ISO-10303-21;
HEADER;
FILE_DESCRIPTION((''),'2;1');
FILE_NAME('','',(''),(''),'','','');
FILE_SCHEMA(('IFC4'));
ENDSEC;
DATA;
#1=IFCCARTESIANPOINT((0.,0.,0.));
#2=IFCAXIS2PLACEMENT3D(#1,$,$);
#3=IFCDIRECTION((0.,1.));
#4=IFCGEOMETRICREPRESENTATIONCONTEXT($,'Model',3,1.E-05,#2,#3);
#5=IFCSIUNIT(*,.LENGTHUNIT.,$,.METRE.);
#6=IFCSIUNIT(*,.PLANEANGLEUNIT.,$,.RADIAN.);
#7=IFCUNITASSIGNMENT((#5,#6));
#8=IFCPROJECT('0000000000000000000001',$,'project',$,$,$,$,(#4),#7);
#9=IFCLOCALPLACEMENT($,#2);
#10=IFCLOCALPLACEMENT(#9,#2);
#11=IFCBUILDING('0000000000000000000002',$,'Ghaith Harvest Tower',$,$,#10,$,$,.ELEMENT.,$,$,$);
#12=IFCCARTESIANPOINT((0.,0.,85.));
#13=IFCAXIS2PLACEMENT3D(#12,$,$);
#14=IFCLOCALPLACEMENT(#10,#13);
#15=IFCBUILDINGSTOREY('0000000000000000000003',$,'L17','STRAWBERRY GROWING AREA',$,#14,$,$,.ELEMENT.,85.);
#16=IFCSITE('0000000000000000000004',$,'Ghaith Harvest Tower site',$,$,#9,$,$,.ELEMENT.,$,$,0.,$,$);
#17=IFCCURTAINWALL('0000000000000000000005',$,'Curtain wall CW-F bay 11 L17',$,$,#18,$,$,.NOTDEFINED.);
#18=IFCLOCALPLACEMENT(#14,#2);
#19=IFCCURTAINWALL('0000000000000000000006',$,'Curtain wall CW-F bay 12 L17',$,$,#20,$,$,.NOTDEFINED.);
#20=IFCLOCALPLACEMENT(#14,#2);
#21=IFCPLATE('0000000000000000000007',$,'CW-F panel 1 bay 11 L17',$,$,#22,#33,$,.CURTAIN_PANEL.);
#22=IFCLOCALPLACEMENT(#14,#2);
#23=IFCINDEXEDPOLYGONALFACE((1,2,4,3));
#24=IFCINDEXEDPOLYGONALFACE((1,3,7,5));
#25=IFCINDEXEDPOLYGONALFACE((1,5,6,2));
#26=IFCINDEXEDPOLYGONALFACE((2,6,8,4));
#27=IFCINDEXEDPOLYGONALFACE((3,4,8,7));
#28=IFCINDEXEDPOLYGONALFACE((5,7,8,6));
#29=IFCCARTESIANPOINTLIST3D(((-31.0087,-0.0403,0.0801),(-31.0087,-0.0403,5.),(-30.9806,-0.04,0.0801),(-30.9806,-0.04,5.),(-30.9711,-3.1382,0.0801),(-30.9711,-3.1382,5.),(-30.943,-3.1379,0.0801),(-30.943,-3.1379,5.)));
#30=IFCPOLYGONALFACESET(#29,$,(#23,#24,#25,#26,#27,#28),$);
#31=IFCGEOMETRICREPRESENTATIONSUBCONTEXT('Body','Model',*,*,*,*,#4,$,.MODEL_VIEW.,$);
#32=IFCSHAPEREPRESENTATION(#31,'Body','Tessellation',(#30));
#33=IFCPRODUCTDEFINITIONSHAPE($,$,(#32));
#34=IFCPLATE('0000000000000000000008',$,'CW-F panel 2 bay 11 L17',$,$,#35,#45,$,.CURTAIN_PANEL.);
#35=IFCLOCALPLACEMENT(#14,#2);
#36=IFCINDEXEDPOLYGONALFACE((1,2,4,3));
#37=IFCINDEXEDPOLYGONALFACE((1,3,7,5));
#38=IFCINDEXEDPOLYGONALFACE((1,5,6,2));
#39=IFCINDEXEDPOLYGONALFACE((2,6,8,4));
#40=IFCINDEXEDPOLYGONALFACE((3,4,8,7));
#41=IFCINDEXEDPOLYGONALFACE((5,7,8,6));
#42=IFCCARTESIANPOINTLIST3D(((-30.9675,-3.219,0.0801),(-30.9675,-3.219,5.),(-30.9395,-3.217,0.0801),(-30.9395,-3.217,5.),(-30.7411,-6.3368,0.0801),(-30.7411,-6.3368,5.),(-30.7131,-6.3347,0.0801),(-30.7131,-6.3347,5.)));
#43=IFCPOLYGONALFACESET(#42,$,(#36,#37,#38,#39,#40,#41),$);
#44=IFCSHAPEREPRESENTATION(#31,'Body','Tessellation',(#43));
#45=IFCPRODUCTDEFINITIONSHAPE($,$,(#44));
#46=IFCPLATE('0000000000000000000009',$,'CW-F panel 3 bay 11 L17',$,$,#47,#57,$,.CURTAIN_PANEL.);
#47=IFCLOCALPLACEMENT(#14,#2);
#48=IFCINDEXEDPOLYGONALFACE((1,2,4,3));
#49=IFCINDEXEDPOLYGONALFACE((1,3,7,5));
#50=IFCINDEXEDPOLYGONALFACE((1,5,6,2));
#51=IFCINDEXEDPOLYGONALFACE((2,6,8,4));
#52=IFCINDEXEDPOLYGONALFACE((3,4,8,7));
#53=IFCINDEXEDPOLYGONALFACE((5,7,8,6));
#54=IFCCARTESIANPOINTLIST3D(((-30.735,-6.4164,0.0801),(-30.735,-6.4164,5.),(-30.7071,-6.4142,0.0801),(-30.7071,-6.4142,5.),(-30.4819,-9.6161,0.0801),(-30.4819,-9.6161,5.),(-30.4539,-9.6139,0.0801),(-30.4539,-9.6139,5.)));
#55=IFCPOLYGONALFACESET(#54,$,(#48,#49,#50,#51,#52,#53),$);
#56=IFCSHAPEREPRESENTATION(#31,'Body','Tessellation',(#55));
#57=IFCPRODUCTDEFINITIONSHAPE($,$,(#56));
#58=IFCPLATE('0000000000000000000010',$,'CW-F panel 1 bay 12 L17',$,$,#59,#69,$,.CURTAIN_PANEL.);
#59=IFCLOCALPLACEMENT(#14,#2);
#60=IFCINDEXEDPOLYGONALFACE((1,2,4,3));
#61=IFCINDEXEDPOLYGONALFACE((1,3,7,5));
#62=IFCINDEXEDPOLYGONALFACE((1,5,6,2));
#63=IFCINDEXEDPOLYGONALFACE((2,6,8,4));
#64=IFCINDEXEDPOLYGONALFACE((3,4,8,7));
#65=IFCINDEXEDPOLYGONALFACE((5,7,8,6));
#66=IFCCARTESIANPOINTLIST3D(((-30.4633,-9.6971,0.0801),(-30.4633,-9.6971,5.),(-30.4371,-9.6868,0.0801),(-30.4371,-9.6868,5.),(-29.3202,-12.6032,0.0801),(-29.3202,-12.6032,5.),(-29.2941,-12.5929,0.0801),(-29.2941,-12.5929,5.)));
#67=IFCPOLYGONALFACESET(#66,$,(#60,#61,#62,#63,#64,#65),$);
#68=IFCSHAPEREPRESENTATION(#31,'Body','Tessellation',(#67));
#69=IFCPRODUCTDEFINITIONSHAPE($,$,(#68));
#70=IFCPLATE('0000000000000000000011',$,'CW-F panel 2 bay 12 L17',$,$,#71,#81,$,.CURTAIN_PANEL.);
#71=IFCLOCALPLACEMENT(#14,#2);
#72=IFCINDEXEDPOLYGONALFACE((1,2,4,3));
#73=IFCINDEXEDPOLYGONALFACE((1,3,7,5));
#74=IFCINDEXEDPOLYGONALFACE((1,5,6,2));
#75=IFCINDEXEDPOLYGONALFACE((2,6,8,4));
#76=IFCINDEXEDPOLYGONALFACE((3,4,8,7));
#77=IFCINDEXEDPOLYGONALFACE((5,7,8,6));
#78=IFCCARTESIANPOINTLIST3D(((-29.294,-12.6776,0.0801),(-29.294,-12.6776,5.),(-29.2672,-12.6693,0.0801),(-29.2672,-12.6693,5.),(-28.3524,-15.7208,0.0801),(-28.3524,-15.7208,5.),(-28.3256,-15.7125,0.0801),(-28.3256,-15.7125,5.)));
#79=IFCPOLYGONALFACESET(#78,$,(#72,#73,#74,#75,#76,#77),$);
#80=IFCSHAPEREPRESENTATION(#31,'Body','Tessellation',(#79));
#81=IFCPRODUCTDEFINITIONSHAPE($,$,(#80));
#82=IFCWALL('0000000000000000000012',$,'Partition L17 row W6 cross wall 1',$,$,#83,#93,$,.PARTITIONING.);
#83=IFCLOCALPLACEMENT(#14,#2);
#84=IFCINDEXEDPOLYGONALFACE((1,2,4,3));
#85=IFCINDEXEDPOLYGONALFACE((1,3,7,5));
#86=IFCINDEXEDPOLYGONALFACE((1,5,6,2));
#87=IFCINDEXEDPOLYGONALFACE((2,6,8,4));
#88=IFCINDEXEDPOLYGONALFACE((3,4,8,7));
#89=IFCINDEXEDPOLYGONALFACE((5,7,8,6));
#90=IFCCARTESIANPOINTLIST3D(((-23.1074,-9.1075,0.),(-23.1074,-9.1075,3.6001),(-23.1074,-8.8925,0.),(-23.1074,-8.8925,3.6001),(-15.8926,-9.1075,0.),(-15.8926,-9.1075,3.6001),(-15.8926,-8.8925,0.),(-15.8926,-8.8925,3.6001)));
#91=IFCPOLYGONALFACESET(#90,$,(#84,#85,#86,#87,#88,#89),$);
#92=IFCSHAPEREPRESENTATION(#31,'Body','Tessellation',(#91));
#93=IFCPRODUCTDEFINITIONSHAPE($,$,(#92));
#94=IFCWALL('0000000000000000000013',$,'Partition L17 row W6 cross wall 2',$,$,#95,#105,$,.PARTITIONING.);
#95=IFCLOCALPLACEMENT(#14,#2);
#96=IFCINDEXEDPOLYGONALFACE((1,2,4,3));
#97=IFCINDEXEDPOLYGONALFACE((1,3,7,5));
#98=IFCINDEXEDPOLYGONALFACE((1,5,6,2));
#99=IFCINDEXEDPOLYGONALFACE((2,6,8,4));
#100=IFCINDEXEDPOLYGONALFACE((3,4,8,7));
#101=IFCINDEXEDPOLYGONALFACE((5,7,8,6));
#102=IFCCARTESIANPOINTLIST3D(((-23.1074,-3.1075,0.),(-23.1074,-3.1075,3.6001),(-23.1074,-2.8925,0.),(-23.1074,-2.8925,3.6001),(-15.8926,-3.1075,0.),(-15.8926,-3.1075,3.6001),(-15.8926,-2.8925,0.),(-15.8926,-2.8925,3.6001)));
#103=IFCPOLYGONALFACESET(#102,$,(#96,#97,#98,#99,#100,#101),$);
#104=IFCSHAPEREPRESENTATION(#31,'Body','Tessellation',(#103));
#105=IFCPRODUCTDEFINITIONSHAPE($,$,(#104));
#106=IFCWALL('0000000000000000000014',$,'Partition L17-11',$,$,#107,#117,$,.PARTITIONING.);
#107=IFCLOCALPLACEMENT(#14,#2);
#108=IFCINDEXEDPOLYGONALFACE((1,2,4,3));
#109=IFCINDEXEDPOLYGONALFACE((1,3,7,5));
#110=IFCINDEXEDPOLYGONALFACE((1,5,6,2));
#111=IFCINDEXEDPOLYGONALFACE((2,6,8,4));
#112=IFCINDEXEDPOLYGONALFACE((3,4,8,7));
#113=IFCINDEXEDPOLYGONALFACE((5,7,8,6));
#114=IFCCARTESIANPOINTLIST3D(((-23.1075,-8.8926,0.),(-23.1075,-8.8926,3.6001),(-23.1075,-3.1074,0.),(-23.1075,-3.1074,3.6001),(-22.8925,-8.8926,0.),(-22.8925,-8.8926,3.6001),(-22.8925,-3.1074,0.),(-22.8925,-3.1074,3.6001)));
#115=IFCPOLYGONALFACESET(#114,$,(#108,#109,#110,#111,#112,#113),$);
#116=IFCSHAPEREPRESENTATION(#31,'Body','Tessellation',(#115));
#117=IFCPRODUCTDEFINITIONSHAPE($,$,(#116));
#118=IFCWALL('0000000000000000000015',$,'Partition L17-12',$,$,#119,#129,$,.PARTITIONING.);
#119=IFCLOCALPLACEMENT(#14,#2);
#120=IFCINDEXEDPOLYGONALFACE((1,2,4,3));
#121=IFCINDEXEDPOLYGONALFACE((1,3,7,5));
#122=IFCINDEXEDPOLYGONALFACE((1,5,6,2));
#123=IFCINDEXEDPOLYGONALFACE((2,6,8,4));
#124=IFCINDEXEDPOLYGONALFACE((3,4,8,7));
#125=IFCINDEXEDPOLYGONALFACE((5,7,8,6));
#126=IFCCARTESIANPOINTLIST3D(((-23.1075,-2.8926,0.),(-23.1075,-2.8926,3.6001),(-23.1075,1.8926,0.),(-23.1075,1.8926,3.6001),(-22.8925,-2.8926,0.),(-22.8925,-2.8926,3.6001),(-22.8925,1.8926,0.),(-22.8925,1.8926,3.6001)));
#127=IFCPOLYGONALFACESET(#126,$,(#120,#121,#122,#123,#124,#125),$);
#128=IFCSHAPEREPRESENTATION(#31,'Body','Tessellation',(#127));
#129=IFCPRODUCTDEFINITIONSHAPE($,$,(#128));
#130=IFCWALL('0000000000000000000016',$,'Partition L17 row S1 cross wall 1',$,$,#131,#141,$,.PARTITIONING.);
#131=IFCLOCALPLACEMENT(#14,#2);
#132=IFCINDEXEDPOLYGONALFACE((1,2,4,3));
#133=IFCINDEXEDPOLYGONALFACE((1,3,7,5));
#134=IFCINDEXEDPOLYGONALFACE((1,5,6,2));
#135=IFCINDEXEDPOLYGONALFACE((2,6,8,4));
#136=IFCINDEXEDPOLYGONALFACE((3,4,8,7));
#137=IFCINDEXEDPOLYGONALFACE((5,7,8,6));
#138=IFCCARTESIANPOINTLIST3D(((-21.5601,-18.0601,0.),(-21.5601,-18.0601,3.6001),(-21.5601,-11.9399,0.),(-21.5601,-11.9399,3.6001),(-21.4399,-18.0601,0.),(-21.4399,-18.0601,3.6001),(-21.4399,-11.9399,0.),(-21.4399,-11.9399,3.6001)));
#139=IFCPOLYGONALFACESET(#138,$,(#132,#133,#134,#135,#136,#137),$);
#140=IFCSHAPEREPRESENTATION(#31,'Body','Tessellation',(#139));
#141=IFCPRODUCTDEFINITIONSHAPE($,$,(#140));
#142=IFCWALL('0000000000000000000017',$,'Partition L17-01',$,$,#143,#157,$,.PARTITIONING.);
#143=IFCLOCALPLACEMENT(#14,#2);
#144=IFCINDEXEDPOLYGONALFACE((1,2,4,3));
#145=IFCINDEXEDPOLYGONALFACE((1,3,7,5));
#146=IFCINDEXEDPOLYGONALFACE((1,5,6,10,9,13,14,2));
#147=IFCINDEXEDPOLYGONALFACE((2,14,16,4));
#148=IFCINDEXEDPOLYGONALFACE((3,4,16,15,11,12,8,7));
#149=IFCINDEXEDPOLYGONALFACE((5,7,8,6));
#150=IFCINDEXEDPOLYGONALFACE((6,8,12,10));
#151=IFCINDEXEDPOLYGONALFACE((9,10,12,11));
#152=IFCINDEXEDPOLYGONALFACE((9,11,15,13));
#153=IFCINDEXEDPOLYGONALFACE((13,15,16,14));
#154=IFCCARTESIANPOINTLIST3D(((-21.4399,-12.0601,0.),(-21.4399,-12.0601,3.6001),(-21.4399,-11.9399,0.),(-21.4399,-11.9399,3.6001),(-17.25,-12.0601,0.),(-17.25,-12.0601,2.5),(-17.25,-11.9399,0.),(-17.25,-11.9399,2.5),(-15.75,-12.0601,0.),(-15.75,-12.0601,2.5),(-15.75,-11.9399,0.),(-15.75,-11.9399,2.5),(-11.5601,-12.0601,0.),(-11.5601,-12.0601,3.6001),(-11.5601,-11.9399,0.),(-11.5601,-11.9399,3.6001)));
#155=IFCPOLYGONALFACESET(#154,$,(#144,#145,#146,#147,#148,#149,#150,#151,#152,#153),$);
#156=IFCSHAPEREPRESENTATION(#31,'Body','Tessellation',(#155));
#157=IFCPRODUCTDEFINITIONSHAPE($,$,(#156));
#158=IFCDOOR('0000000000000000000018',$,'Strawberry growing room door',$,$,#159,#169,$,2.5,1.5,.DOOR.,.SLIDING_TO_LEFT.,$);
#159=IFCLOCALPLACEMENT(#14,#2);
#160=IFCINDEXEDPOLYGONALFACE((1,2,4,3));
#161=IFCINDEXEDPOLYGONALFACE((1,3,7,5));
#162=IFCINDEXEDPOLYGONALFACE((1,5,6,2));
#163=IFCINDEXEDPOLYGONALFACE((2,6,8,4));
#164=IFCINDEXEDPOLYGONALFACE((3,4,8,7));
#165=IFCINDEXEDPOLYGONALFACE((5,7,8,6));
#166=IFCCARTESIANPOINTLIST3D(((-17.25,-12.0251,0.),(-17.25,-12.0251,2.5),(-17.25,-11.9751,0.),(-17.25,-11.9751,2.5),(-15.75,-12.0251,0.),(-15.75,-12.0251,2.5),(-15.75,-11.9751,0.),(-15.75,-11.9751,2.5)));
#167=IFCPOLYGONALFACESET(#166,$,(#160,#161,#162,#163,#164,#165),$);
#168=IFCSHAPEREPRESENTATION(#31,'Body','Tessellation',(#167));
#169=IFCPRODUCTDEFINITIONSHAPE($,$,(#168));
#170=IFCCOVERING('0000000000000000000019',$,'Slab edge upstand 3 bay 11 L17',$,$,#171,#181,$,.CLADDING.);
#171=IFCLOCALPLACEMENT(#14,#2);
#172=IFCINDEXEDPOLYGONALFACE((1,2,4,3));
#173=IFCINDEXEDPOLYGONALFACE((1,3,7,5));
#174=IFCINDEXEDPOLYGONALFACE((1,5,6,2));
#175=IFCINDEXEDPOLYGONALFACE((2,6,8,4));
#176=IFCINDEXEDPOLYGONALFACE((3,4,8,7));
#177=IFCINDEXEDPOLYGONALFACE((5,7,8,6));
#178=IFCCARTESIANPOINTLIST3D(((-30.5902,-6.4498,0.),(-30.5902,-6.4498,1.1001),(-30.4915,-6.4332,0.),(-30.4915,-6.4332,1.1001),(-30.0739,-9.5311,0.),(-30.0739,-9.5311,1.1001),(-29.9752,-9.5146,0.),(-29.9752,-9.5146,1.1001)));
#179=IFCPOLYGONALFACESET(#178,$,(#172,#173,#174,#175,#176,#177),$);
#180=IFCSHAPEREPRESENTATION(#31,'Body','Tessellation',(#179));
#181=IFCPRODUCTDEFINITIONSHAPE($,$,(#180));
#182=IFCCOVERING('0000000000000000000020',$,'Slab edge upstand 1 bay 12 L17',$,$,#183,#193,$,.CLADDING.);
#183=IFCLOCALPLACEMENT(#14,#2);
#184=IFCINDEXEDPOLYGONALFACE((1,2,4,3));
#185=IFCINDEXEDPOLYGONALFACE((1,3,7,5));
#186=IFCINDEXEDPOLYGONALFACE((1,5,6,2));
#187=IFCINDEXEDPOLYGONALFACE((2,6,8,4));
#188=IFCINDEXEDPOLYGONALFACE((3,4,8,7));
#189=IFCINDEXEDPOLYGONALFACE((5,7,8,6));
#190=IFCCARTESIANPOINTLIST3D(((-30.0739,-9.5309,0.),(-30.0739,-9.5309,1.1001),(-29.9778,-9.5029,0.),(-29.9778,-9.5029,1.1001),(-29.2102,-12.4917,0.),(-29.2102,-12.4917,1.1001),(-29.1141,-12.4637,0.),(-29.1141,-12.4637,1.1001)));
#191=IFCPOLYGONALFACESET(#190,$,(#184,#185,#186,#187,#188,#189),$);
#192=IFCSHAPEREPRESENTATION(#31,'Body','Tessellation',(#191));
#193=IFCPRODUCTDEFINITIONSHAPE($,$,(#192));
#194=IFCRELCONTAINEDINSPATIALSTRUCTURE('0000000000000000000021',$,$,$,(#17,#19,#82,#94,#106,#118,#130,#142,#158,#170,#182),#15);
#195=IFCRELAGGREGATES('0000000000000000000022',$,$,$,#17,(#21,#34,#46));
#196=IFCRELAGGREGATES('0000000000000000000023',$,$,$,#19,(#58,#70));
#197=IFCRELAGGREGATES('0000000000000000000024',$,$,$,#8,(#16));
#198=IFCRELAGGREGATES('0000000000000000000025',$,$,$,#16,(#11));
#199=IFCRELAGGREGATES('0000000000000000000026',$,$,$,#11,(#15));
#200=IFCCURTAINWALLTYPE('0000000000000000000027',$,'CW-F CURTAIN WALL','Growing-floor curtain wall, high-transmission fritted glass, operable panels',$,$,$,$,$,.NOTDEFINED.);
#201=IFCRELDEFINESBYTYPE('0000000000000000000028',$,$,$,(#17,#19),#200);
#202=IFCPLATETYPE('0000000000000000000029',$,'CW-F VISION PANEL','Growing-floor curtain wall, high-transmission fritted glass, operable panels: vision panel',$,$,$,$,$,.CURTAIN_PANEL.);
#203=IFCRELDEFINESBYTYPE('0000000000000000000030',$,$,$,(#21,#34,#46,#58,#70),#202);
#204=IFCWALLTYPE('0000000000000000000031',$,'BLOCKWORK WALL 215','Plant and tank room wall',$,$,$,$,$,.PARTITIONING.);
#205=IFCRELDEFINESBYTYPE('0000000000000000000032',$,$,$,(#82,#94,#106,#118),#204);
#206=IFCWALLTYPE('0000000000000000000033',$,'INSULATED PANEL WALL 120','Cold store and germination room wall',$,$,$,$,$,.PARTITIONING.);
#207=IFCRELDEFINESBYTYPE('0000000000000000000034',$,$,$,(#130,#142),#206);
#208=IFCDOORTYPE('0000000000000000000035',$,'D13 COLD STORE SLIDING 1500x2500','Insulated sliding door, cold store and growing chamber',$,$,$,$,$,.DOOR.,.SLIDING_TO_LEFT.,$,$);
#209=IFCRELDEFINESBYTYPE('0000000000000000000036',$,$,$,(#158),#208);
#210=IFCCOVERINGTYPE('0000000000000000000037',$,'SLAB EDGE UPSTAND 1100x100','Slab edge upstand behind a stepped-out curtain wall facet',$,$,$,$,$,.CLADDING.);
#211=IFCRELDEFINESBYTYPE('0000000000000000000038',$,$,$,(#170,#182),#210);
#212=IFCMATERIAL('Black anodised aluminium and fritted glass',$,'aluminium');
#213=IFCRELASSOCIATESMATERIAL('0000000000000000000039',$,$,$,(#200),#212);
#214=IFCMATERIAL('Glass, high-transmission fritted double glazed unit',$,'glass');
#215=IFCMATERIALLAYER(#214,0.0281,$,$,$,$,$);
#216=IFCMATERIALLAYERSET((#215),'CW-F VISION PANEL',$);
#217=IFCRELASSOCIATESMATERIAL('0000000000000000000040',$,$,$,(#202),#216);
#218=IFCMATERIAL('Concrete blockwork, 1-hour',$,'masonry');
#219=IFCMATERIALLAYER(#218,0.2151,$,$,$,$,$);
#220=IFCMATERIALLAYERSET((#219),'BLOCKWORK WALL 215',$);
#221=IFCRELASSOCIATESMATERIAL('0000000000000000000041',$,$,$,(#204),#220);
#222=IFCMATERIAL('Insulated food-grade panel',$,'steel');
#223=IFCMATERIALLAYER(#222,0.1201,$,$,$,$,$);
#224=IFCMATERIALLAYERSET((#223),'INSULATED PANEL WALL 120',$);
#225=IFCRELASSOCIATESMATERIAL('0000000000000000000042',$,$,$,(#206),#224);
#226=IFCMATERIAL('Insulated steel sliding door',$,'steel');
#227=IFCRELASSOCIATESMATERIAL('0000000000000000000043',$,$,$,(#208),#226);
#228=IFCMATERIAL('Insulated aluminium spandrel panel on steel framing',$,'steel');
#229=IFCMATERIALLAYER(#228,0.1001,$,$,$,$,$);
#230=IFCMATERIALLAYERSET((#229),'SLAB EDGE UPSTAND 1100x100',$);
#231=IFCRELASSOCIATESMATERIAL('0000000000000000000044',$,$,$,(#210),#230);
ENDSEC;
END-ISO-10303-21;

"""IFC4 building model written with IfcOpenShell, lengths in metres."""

from ifc_helpers import new_model, si_unit, direction, frame, frame_2d, origin, origin_2d, place, context, subcontext, project, spatial, rectangle, extrude, material, layer, layer_set, type_object, element, fill, aggregate, save


model = new_model("IFC4")

# Units and contexts
model_context = context("Model", 3, precision=1e-05, world=origin(), true_north=direction((0.0, 1.0)))
body_context = subcontext(model_context, "Body", "Model", "MODEL_VIEW")
ifc_project = project(units=[si_unit("LENGTHUNIT", "METRE"), si_unit("PLANEANGLEUNIT", "RADIAN")], contexts=[model_context])

# Site, building, storey
site_placement = place(None, origin())
site = spatial("IfcSite", under=ifc_project, at=site_placement, Name="Ghaith Harvest Tower site", CompositionType="ELEMENT", RefElevation=0.0)
building_placement = place(site_placement, origin())
building = spatial("IfcBuilding", under=site, at=building_placement, Name="Ghaith Harvest Tower", CompositionType="ELEMENT")
storey_placement = place(building_placement, frame((0.0, 0.0, 85.0)))
storey = spatial("IfcBuildingStorey", under=building, at=storey_placement, Name="L17", Description="STRAWBERRY GROWING AREA", CompositionType="ELEMENT", Elevation=85.0)

# Curtain walls
ifc_material_1 = material(Name="Black anodised aluminium and fritted glass", Category="aluminium")
curtain_wall_type = type_object("IfcCurtainWallType", Name="CW-F CURTAIN WALL", Description="Growing-floor curtain wall, high-transmission fritted glass, operable panels", PredefinedType="NOTDEFINED", material=ifc_material_1)
curtain_wall_1_placement = place(storey_placement, origin())
curtain_wall_1 = element("IfcCurtainWall", 1, at=curtain_wall_1_placement, inside=storey, type_object=curtain_wall_type, Name="Curtain wall CW-F bay 11 L17", PredefinedType="NOTDEFINED")
curtain_wall_2_placement = place(storey_placement, origin())
curtain_wall_2 = element("IfcCurtainWall", 2, at=curtain_wall_2_placement, inside=storey, type_object=curtain_wall_type, Name="Curtain wall CW-F bay 12 L17", PredefinedType="NOTDEFINED")

# Plates
ifc_material_2 = material(Name="Glass, high-transmission fritted double glazed unit", Category="glass")
ifc_layer_1 = layer(ifc_material_2, 0.0281)
ifc_layer_set_1 = layer_set([ifc_layer_1], Name="CW-F VISION PANEL")
plate_type = type_object("IfcPlateType", Name="CW-F VISION PANEL", Description="Growing-floor curtain wall, high-transmission fritted glass, operable panels: vision panel", PredefinedType="CURTAIN_PANEL", material=ifc_layer_set_1)
plate_1_placement = place(storey_placement, frame((-30.9758, -1.5891, 0.0801), z_axis=(0.0, 0.0, 1.0), x_axis=(0.012133, -0.999926, 0.0)))
plate_1 = element("IfcPlate", 3, at=plate_1_placement, type_object=plate_type, Name="CW-F panel 1 bay 11 L17", PredefinedType="CURTAIN_PANEL", context=body_context, shape_type="SweptSolid", body=[
    extrude(rectangle(XDim=3.0981, YDim=0.0281, at=origin_2d()), origin(), (0.0, 0.0, 1.0), 4.9199),
])
plate_2_placement = place(storey_placement, frame((-30.8403, -4.7769, 0.0801), z_axis=(0.0, 0.0, 1.0), x_axis=(0.072421, -0.997374, 0.0)))
plate_2 = element("IfcPlate", 4, at=plate_2_placement, type_object=plate_type, Name="CW-F panel 2 bay 11 L17", PredefinedType="CURTAIN_PANEL", context=body_context, shape_type="SweptSolid", body=[
    extrude(rectangle(XDim=3.126, YDim=0.0281, at=origin_2d()), origin(), (0.0, 0.0, 1.0), 4.9199),
])
plate_3_placement = place(storey_placement, frame((-30.5945, -8.0151, 0.0801), z_axis=(0.0, 0.0, 1.0), x_axis=(0.078867, -0.996885, 0.0)))
plate_3 = element("IfcPlate", 5, at=plate_3_placement, type_object=plate_type, Name="CW-F panel 3 bay 11 L17", PredefinedType="CURTAIN_PANEL", context=body_context, shape_type="SweptSolid", body=[
    extrude(rectangle(XDim=3.2097, YDim=0.0281, at=origin_2d()), origin(), (0.0, 0.0, 1.0), 4.9199),
])
aggregate(curtain_wall_1, [plate_1, plate_2, plate_3])
plate_4_placement = place(storey_placement, frame((-29.8787, -11.145, 0.0801), z_axis=(0.0, 0.0, 1.0), x_axis=(0.36604, -0.930599, 0.0)))
plate_4 = element("IfcPlate", 6, at=plate_4_placement, type_object=plate_type, Name="CW-F panel 1 bay 12 L17", PredefinedType="CURTAIN_PANEL", context=body_context, shape_type="SweptSolid", body=[
    extrude(rectangle(XDim=3.1228, YDim=0.0281, at=origin_2d()), origin(), (0.0, 0.0, 1.0), 4.9199),
])
plate_5_placement = place(storey_placement, frame((-28.8098, -14.1951, 0.0801), z_axis=(0.0, 0.0, 1.0), x_axis=(0.295583, -0.955317, 0.0)))
plate_5 = element("IfcPlate", 7, at=plate_5_placement, type_object=plate_type, Name="CW-F panel 2 bay 12 L17", PredefinedType="CURTAIN_PANEL", context=body_context, shape_type="SweptSolid", body=[
    extrude(rectangle(XDim=3.1855, YDim=0.0281, at=origin_2d()), origin(), (0.0, 0.0, 1.0), 4.9199),
])
aggregate(curtain_wall_2, [plate_4, plate_5])

# Walls
ifc_material_3 = material(Name="Concrete blockwork, 1-hour", Category="masonry")
ifc_layer_2 = layer(ifc_material_3, 0.2151)
ifc_layer_set_2 = layer_set([ifc_layer_2], Name="BLOCKWORK WALL 215")
wall_type_1 = type_object("IfcWallType", Name="BLOCKWORK WALL 215", Description="Plant and tank room wall", PredefinedType="PARTITIONING", material=ifc_layer_set_2)
for number, where, z_axis, x_axis, name in (
    (8, (-15.8926, -9.0, 0.0), (0.0, 0.0, 1.0), (-1.0, 0.0, 0.0), "Partition L17 row W6 cross wall 1"),
    (9, (-15.8926, -3.0, 0.0), (0.0, 0.0, 1.0), (-1.0, 0.0, 0.0), "Partition L17 row W6 cross wall 2"),
):
    element("IfcWall", number, at=place(storey_placement, frame(where, z_axis=z_axis, x_axis=x_axis)), inside=storey, type_object=wall_type_1, Name=name, PredefinedType="PARTITIONING", context=body_context, shape_type="SweptSolid", body=[
        extrude(rectangle(XDim=7.2148, YDim=0.2151, at=frame_2d((3.6074, 0.0))), origin(), (0.0, 0.0, 1.0), 3.6001),
    ])

# Wall
wall_1_placement = place(storey_placement, frame((-23.0, -8.8926, 0.0), z_axis=(0.0, 0.0, 1.0), x_axis=(0.0, 1.0, 0.0)))
element("IfcWall", 10, at=wall_1_placement, inside=storey, type_object=wall_type_1, Name="Partition L17-11", PredefinedType="PARTITIONING", context=body_context, shape_type="SweptSolid", body=[
    extrude(rectangle(XDim=5.7852, YDim=0.2151, at=frame_2d((2.8926, 0.0))), origin(), (0.0, 0.0, 1.0), 3.6001),
])

# Walls
wall_2_placement = place(storey_placement, frame((-23.0, -2.8926, 0.0), z_axis=(0.0, 0.0, 1.0), x_axis=(0.0, 1.0, 0.0)))
element("IfcWall", 11, at=wall_2_placement, inside=storey, type_object=wall_type_1, Name="Partition L17-12", PredefinedType="PARTITIONING", context=body_context, shape_type="SweptSolid", body=[
    extrude(rectangle(XDim=4.7852, YDim=0.2151, at=frame_2d((2.3926, 0.0))), origin(), (0.0, 0.0, 1.0), 3.6001),
])
ifc_material_4 = material(Name="Insulated food-grade panel", Category="steel")
ifc_layer_3 = layer(ifc_material_4, 0.1201)
ifc_layer_set_3 = layer_set([ifc_layer_3], Name="INSULATED PANEL WALL 120")
wall_type_2 = type_object("IfcWallType", Name="INSULATED PANEL WALL 120", Description="Cold store and germination room wall", PredefinedType="PARTITIONING", material=ifc_layer_set_3)
wall_3_placement = place(storey_placement, frame((-21.5, -11.9399, 0.0), z_axis=(0.0, 0.0, 1.0), x_axis=(0.0, -1.0, 0.0)))
element("IfcWall", 12, at=wall_3_placement, inside=storey, type_object=wall_type_2, Name="Partition L17 row S1 cross wall 1", PredefinedType="PARTITIONING", context=body_context, shape_type="SweptSolid", body=[
    extrude(rectangle(XDim=6.1201, YDim=0.1201, at=frame_2d((3.0601, 0.0))), origin(), (0.0, 0.0, 1.0), 3.6001),
])

# Wall, opening, door
wall_4_placement = place(storey_placement, frame((-21.4399, -12.0, 0.0), z_axis=(0.0, 0.0, 1.0), x_axis=(1.0, 0.0, 0.0)))
wall_4 = element("IfcWall", 13, at=wall_4_placement, inside=storey, type_object=wall_type_2, Name="Partition L17-01", PredefinedType="PARTITIONING", context=body_context, shape_type="SweptSolid", body=[
    extrude(rectangle(XDim=9.8799, YDim=0.1201, at=frame_2d((4.9399, 0.0))), origin(), (0.0, 0.0, 1.0), 3.6001),
])
opening_1_placement = place(wall_4_placement, frame((4.1899, 0.0, 0.0)))
opening_1 = element("IfcOpeningElement", 14, at=opening_1_placement, cuts=wall_4, PredefinedType="OPENING", context=body_context, shape_type="SweptSolid", body=[
    extrude(rectangle(XDim=1.5, YDim=2.5, at=frame_2d((0.75, 1.25))), frame((0.0, 0.0701, 0.0), z_axis=(0.0, -1.0, 0.0), x_axis=(1.0, 0.0, 0.0)), (0.0, 0.0, 1.0), 0.1401),
])
ifc_material_5 = material(Name="Insulated steel sliding door", Category="steel")
door_type_1 = type_object("IfcDoorType", Name="D13 COLD STORE SLIDING 1500x2500", Description="Insulated sliding door, cold store and growing chamber", OperationType="SLIDING_TO_LEFT", PredefinedType="DOOR", material=ifc_material_5)
door_1_placement = place(opening_1_placement, origin())
door_1 = element("IfcDoor", 15, at=door_1_placement, inside=storey, type_object=door_type_1, Name="Strawberry growing room door", OperationType="SLIDING_TO_LEFT", OverallHeight=2.5, OverallWidth=1.5, PredefinedType="DOOR", context=body_context, shape_type="SweptSolid", body=[
    extrude(rectangle(XDim=1.5, YDim=2.5, at=frame_2d((0.75, 1.25))), frame((0.0, 0.0249, 0.0), z_axis=(0.0, -1.0, 0.0), x_axis=(1.0, 0.0, 0.0)), (0.0, 0.0, 1.0), 0.05),
])
fill(opening_1, door_1)

# Coverings
ifc_material_6 = material(Name="Insulated aluminium spandrel panel on steel framing", Category="steel")
ifc_layer_4 = layer(ifc_material_6, 0.1001)
ifc_layer_set_4 = layer_set([ifc_layer_4], Name="SLAB EDGE UPSTAND 1100x100")
covering_type = type_object("IfcCoveringType", Name="SLAB EDGE UPSTAND 1100x100", Description="Slab edge upstand behind a stepped-out curtain wall facet", PredefinedType="CLADDING", material=ifc_layer_set_4)
covering_1_placement = place(storey_placement, frame((-30.2827, -7.9822, 0.0), z_axis=(0.0, 0.0, 1.0), x_axis=(0.165246, -0.986252, 0.0)))
element("IfcCovering", 16, at=covering_1_placement, inside=storey, type_object=covering_type, Name="Slab edge upstand 3 bay 11 L17", PredefinedType="CLADDING", context=body_context, shape_type="SweptSolid", body=[
    extrude(rectangle(XDim=3.1243, YDim=0.1001, at=origin_2d()), origin(), (0.0, 0.0, 1.0), 1.1001),
])
covering_2_placement = place(storey_placement, frame((-29.594, -10.9973, 0.0), z_axis=(0.0, 0.0, 1.0), x_axis=(0.280032, -0.959991, 0.0)))
element("IfcCovering", 17, at=covering_2_placement, inside=storey, type_object=covering_type, Name="Slab edge upstand 1 bay 12 L17", PredefinedType="CLADDING", context=body_context, shape_type="SweptSolid", body=[
    extrude(rectangle(XDim=3.0842, YDim=0.1001, at=origin_2d()), origin(), (0.0, 0.0, 1.0), 1.1001),
])

save(model, "model.ifc")
